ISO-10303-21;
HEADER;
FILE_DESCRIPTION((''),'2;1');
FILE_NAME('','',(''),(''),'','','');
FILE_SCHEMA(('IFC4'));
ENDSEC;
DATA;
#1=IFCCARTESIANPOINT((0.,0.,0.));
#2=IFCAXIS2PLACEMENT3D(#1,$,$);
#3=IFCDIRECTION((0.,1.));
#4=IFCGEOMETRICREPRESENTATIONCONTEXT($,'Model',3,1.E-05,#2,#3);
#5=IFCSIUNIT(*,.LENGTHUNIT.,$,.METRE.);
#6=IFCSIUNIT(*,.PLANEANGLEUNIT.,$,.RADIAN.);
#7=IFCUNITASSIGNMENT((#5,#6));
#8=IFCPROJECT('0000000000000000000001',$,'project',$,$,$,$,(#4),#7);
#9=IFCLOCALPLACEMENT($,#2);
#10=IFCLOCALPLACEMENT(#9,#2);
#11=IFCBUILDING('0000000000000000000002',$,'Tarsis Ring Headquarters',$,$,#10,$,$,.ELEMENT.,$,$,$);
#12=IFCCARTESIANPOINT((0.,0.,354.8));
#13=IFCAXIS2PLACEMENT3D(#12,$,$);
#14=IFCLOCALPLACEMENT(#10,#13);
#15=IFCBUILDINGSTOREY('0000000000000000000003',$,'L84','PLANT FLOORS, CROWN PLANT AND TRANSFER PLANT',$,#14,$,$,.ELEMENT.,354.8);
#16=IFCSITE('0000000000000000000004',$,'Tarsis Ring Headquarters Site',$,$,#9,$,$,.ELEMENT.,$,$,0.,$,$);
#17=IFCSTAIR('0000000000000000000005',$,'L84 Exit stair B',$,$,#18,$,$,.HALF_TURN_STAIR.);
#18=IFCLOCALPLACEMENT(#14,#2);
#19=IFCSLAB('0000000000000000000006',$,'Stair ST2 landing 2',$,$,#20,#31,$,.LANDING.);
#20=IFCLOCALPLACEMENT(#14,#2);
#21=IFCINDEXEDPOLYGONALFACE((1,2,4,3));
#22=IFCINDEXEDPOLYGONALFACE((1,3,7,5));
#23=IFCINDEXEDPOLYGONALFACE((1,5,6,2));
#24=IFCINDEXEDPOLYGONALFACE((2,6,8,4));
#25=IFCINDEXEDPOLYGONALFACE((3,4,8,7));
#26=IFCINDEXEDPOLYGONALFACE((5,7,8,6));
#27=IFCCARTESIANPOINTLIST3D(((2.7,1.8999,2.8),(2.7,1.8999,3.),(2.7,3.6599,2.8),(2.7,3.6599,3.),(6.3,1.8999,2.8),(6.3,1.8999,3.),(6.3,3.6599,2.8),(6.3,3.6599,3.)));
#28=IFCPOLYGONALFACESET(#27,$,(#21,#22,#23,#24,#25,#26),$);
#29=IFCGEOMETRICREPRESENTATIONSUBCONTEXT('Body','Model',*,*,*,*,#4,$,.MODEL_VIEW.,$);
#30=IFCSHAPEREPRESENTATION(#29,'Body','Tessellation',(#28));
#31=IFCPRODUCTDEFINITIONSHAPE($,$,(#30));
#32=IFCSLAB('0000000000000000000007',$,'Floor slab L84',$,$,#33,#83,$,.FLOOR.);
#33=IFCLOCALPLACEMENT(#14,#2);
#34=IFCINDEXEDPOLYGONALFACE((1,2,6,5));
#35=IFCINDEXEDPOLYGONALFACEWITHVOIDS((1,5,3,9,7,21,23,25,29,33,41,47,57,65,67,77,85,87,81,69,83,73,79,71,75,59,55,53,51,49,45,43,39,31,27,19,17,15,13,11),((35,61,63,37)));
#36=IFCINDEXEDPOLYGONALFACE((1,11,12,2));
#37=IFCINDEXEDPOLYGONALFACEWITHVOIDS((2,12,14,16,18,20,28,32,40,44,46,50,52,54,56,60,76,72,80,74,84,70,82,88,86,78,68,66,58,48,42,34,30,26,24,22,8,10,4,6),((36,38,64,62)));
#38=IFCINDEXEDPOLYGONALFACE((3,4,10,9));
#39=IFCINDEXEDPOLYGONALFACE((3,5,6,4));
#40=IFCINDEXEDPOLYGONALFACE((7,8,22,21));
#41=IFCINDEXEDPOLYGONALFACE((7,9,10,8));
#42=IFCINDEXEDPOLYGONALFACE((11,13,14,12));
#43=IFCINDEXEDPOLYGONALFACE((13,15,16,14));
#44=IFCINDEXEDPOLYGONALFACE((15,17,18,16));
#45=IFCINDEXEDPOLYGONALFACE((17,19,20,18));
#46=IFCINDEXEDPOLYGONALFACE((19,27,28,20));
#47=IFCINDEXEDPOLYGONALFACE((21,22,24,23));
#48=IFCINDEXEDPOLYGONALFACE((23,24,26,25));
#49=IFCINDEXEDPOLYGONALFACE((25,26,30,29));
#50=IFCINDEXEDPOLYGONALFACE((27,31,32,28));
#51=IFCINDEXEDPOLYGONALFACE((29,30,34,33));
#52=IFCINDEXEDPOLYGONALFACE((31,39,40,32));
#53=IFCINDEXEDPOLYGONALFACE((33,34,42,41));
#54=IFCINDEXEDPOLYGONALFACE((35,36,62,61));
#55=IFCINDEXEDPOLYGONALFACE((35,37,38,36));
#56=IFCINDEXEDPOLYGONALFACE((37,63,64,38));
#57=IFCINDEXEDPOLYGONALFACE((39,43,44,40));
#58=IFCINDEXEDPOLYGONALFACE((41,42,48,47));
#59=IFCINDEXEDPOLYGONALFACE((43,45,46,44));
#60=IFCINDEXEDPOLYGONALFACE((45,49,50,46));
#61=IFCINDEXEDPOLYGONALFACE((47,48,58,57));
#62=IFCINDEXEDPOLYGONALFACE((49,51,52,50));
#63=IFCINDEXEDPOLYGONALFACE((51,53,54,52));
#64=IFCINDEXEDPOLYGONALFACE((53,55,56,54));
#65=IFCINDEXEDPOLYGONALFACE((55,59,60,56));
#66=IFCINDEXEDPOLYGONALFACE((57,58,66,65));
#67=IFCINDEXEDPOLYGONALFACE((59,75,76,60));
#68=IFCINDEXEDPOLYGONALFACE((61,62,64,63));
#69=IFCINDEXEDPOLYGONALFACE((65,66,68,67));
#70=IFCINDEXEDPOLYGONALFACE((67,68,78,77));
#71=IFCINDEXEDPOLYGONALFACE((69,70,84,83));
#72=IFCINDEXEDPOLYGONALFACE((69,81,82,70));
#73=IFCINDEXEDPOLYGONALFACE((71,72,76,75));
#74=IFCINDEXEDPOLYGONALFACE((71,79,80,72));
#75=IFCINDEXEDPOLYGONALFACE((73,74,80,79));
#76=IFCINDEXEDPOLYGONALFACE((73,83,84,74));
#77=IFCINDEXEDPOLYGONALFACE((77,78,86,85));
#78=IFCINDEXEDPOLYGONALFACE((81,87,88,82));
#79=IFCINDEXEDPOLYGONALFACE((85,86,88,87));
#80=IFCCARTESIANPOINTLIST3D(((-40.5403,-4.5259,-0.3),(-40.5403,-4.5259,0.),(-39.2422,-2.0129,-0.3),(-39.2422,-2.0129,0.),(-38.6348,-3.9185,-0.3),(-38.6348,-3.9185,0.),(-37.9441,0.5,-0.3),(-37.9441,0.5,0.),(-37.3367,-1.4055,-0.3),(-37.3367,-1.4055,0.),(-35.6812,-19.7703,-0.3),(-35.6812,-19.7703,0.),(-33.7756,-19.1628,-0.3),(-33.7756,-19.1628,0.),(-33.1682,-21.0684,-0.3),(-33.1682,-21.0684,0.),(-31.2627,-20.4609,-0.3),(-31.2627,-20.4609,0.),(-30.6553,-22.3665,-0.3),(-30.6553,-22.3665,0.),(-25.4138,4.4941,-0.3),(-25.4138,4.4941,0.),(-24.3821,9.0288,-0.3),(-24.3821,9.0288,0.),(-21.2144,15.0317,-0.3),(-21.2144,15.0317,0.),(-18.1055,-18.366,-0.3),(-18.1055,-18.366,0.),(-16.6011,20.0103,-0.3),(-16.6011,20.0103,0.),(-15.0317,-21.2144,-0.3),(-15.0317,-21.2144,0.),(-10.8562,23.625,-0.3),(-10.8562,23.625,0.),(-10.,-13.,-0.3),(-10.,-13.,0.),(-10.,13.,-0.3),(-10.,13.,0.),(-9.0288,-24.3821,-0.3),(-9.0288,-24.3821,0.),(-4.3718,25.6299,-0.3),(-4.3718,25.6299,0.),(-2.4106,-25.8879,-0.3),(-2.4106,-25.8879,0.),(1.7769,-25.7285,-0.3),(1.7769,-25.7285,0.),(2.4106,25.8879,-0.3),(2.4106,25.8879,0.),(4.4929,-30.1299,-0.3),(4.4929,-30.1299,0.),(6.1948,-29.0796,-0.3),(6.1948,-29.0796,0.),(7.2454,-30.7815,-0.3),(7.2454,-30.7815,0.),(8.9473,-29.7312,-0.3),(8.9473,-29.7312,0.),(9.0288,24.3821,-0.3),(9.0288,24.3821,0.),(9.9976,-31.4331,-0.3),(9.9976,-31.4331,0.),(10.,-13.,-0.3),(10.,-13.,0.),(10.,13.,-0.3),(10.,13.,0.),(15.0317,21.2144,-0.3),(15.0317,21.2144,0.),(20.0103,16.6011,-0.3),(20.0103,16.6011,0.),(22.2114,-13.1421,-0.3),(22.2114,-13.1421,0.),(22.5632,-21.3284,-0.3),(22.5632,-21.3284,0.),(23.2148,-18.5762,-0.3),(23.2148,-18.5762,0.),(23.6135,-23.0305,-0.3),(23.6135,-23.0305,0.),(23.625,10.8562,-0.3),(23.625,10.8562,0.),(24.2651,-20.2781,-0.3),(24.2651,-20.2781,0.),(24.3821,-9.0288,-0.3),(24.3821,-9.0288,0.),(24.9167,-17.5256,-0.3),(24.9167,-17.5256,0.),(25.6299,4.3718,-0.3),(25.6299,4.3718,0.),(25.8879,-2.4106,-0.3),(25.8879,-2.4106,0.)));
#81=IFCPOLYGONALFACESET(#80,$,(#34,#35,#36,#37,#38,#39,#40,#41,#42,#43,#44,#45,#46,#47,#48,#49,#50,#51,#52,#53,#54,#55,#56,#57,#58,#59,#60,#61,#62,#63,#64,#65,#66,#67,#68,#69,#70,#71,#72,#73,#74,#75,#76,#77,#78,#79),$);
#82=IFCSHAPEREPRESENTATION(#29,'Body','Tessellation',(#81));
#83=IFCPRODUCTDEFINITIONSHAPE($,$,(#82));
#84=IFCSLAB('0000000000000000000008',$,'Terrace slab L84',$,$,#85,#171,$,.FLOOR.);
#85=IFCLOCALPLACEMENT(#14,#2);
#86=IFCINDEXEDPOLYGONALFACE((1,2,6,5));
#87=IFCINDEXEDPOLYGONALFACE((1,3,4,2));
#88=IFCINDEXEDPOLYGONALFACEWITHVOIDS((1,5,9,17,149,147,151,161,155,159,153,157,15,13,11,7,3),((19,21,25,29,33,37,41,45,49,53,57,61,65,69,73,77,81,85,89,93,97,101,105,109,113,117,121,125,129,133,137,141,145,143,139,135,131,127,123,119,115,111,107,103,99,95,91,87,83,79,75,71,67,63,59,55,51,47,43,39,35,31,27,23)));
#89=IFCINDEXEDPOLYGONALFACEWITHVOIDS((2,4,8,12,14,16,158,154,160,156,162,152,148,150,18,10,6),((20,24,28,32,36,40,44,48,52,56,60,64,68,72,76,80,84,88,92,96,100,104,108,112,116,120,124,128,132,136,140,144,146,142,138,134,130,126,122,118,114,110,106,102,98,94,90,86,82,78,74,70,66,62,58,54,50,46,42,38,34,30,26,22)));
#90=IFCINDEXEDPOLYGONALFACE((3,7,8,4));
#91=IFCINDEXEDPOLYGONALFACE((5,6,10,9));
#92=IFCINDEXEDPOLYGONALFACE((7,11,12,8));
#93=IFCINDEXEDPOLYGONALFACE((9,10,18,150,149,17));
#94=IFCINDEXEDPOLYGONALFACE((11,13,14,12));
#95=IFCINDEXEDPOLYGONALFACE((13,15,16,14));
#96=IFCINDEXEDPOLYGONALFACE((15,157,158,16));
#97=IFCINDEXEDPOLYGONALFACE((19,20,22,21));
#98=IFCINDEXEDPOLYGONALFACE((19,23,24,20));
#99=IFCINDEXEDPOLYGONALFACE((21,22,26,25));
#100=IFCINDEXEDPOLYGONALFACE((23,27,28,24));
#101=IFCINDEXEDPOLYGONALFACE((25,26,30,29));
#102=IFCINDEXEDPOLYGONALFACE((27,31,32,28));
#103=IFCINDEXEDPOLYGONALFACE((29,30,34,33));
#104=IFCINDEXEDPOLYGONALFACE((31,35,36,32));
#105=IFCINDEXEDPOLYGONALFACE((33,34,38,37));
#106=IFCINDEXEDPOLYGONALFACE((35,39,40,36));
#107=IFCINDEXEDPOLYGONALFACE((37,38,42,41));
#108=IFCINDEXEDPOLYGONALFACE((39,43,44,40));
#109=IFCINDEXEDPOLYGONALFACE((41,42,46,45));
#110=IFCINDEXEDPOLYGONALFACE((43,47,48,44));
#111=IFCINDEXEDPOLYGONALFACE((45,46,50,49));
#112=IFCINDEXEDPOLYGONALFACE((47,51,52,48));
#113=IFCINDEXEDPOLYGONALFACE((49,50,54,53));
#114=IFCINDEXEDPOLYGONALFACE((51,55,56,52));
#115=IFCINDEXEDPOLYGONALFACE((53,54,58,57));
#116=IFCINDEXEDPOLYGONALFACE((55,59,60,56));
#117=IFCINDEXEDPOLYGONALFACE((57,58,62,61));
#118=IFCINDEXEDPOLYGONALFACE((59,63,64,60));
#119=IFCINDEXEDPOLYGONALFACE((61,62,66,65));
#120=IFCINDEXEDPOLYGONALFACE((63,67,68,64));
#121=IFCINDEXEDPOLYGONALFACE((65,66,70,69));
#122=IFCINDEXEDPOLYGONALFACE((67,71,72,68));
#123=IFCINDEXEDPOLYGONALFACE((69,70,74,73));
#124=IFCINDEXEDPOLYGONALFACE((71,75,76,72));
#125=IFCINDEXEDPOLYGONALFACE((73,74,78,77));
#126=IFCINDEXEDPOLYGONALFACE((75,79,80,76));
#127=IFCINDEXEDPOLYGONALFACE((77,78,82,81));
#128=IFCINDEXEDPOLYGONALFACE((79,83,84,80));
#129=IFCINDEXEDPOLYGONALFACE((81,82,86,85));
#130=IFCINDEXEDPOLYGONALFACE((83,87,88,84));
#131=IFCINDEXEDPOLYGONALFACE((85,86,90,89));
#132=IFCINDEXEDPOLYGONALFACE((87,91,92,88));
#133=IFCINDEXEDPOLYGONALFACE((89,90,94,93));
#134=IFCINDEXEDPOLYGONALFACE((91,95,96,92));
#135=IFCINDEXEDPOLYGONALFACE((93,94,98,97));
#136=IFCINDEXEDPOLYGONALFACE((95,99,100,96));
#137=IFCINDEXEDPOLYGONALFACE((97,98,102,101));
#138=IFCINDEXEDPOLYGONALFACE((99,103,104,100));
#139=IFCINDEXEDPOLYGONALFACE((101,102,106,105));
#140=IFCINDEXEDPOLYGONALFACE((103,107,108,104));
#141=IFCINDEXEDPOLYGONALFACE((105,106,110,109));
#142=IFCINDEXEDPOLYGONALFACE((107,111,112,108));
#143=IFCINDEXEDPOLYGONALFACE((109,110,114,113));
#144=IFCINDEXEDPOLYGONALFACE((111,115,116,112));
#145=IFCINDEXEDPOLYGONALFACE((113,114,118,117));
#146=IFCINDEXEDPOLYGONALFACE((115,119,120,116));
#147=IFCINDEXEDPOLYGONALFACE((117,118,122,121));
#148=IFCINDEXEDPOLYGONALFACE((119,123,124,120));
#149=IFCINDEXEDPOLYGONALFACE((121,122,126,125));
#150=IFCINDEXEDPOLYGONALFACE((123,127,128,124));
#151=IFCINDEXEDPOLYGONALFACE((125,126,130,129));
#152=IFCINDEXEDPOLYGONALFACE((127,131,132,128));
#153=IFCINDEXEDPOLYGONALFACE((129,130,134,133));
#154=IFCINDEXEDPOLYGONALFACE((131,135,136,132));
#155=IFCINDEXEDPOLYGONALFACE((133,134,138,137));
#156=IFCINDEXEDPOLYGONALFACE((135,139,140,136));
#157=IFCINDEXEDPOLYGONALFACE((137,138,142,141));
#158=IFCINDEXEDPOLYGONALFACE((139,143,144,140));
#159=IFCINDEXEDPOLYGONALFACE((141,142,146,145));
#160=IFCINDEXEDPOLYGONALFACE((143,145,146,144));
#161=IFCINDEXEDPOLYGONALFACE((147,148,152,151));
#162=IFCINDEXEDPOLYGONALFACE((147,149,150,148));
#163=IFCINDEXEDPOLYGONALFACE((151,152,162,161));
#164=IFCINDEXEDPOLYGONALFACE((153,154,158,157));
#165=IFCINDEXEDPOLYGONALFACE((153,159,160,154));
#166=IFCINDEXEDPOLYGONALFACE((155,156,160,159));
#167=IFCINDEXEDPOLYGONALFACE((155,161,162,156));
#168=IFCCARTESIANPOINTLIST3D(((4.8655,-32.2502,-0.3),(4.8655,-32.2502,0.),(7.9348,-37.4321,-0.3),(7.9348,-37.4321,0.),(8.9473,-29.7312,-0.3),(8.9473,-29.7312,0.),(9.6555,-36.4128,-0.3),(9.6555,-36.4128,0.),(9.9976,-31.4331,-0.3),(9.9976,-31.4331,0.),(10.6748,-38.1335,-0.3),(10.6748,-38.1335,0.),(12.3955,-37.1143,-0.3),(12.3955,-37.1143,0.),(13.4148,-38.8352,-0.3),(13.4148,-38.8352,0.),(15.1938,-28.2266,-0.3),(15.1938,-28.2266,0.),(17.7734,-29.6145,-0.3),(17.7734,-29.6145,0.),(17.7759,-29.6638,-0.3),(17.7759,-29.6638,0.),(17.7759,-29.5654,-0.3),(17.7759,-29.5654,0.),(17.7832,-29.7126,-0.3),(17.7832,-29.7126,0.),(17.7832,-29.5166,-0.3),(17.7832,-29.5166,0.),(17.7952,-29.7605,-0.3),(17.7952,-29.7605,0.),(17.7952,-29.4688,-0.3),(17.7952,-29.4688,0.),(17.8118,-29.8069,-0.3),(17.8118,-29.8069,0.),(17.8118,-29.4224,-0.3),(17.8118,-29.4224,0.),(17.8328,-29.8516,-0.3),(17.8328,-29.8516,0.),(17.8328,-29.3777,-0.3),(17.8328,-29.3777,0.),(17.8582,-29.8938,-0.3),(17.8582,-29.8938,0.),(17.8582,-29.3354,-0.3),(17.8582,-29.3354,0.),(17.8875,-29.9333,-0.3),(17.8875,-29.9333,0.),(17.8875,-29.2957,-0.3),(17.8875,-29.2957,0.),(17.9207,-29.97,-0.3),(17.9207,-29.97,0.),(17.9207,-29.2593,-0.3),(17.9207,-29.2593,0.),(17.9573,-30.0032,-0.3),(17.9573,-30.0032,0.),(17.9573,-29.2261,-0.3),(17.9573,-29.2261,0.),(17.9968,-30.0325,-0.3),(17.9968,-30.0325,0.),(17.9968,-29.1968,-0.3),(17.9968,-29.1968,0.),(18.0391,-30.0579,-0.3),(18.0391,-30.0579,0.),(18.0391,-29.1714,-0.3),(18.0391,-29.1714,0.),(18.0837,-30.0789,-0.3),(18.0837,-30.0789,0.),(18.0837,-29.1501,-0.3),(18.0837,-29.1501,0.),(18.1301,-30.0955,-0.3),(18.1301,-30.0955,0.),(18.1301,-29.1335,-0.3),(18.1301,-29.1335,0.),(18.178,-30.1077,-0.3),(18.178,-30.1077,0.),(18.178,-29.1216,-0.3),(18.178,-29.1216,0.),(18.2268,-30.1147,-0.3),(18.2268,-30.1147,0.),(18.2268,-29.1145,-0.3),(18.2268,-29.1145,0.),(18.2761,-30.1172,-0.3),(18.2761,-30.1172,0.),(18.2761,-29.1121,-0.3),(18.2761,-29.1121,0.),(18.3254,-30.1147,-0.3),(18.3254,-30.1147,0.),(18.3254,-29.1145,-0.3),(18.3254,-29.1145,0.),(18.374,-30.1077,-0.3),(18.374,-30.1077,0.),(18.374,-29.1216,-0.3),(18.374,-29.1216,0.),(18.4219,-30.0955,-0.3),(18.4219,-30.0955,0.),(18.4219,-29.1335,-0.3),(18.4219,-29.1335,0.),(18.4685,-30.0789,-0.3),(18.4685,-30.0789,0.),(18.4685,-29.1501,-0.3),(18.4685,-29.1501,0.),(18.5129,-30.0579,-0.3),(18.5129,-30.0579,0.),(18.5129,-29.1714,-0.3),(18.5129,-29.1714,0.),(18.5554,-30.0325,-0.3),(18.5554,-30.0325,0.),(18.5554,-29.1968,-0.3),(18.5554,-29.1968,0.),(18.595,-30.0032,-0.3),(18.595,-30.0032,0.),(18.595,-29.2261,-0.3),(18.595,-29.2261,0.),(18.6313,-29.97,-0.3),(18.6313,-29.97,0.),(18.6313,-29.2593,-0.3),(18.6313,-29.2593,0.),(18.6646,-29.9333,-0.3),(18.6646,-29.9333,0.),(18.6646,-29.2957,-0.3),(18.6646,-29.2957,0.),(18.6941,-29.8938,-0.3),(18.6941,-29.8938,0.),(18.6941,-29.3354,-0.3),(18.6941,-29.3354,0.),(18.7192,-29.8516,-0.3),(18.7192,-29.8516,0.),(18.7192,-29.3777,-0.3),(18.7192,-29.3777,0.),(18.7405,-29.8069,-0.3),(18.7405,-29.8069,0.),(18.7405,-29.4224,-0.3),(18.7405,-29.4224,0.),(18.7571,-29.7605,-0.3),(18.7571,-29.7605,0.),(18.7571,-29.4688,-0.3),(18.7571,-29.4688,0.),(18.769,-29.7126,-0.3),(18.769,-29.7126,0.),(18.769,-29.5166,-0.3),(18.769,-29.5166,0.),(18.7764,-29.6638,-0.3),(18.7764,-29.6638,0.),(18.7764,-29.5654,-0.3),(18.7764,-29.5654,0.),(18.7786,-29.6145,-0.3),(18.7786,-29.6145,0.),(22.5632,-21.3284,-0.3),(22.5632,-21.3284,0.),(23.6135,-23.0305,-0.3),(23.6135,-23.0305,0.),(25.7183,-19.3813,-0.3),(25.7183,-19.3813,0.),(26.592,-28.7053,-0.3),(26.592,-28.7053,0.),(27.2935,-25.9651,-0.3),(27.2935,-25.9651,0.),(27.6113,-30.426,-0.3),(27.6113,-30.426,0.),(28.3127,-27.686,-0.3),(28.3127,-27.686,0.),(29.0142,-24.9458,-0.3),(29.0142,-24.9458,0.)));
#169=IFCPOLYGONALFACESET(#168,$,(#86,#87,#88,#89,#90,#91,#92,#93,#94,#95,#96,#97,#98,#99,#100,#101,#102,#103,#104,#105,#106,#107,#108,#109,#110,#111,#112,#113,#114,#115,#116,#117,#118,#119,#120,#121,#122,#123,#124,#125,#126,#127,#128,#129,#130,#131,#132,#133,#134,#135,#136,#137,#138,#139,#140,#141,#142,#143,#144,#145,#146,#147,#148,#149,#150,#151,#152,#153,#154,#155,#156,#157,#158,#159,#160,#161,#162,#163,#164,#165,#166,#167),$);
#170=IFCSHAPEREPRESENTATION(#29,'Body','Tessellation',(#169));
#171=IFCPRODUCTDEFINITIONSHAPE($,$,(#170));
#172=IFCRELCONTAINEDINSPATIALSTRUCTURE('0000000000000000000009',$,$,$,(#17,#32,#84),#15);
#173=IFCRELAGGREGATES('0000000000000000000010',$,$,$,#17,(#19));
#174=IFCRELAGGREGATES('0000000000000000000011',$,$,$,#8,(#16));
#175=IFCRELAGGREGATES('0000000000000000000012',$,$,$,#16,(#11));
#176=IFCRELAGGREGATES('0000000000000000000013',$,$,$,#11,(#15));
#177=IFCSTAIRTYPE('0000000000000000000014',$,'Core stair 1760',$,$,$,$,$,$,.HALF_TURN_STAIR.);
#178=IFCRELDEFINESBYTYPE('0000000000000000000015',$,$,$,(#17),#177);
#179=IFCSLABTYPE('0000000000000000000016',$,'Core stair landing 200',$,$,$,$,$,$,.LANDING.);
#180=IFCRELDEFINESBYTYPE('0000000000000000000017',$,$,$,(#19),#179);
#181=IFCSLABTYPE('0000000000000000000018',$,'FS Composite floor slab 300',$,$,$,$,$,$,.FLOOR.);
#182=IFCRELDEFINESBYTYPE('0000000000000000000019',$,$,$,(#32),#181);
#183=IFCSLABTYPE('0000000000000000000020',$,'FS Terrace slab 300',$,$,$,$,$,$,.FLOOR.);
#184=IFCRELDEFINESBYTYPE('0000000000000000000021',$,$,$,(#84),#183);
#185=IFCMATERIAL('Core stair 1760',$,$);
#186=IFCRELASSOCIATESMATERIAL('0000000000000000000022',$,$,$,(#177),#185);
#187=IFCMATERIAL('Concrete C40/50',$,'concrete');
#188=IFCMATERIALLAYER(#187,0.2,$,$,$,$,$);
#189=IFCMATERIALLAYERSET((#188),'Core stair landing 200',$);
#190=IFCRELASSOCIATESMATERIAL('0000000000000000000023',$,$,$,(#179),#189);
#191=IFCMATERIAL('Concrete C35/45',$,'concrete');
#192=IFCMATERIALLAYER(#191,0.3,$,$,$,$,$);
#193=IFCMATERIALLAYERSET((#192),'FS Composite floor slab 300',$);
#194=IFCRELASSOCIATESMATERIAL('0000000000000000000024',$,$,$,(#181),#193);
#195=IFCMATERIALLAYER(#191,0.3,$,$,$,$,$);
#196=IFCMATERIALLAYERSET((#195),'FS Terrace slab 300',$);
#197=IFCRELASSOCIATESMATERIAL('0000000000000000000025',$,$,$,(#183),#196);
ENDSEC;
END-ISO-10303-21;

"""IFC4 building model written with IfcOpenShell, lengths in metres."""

from ifc_helpers import new_model, si_unit, direction, frame, origin, place, context, subcontext, project, spatial, polyline, outline, extrude, material, layer, layer_set, type_object, element, aggregate, save


model = new_model("IFC4")

# Units and contexts
model_context = context("Model", 3, precision=1e-05, world=origin(), true_north=direction((0.0, 1.0)))
body_context = subcontext(model_context, "Body", "Model", "MODEL_VIEW")
ifc_project = project(units=[si_unit("LENGTHUNIT", "METRE"), si_unit("PLANEANGLEUNIT", "RADIAN")], contexts=[model_context])

# Site, building, storey
site_placement = place(None, origin())
site = spatial("IfcSite", under=ifc_project, at=site_placement, Name="Tarsis Ring Headquarters Site", CompositionType="ELEMENT", RefElevation=0.0)
building_placement = place(site_placement, origin())
building = spatial("IfcBuilding", under=site, at=building_placement, Name="Tarsis Ring Headquarters", CompositionType="ELEMENT")
storey_placement = place(building_placement, frame((0.0, 0.0, 354.8)))
storey = spatial("IfcBuildingStorey", under=building, at=storey_placement, Name="L84", Description="PLANT FLOORS, CROWN PLANT AND TRANSFER PLANT", CompositionType="ELEMENT", Elevation=354.8)

# Shared definitions
ifc_material_1 = material(Name="Concrete C40/50", Category="concrete")

# Stair, slab
ifc_material_2 = material(Name="Core stair 1760")
stair_type = type_object("IfcStairType", Name="Core stair 1760", PredefinedType="HALF_TURN_STAIR", material=ifc_material_2)
ifc_layer_1 = layer(ifc_material_1, 0.2)
ifc_layer_set_1 = layer_set([ifc_layer_1], Name="Core stair landing 200")
slab_type_1 = type_object("IfcSlabType", Name="Core stair landing 200", PredefinedType="LANDING", material=ifc_layer_set_1)
stair_1_placement = place(storey_placement, origin())
stair_1 = element("IfcStair", 1, at=stair_1_placement, inside=storey, type_object=stair_type, Name="L84 Exit stair B", PredefinedType="HALF_TURN_STAIR")
slab_1_placement = place(storey_placement, frame((0.0, 0.0, 2.8)))
slab_1 = element("IfcSlab", 2, at=slab_1_placement, type_object=slab_type_1, Name="Stair ST2 landing 2", PredefinedType="LANDING", context=body_context, shape_type="SweptSolid", body=[
    extrude(outline(polyline([(6.3, 1.8999), (6.3, 3.6599), (2.7, 3.6599), (2.7, 1.8999), (6.3, 1.8999)])), origin(), (0.0, 0.0, 1.0), 0.2),
])
aggregate(stair_1, [slab_1])

# Slabs
ifc_material_3 = material(Name="Concrete C35/45", Category="concrete")
ifc_layer_2 = layer(ifc_material_3, 0.3)
ifc_layer_set_2 = layer_set([ifc_layer_2], Name="FS Composite floor slab 300")
slab_type_2 = type_object("IfcSlabType", Name="FS Composite floor slab 300", PredefinedType="FLOOR", material=ifc_layer_set_2)
slab_2_placement = place(storey_placement, frame((0.0, 0.0, -0.3)))
element("IfcSlab", 3, at=slab_2_placement, inside=storey, type_object=slab_type_2, Name="Floor slab L84", PredefinedType="FLOOR", context=body_context, shape_type="SweptSolid", body=[
    extrude(outline(polyline([(-18.1055, -18.366), (-15.0317, -21.2144), (-9.0288, -24.3821), (-2.4106, -25.8879), (1.7769, -25.7285), (4.4929, -30.1299), (6.1948, -29.0796), (7.2454, -30.7815), (8.9473, -29.7312), (9.9976, -31.4331), (23.6135, -23.0305), (22.5632, -21.3284), (24.2651, -20.2781), (23.2148, -18.5762), (24.9167, -17.5256), (22.2114, -13.1421), (24.3821, -9.0288), (25.8879, -2.4106), (25.6299, 4.3718), (23.625, 10.8562), (20.0103, 16.6011), (15.0317, 21.2144), (9.0288, 24.3821), (2.4106, 25.8879), (-4.3718, 25.6299), (-10.8562, 23.625), (-16.6011, 20.0103), (-21.2144, 15.0317), (-24.3821, 9.0288), (-25.4138, 4.4941), (-37.9441, 0.5), (-37.3367, -1.4055), (-39.2422, -2.0129), (-38.6348, -3.9185), (-40.5403, -4.5259), (-35.6812, -19.7703), (-33.7756, -19.1628), (-33.1682, -21.0684), (-31.2627, -20.4609), (-30.6553, -22.3665), (-18.1055, -18.366)]), holes=[polyline([(-10.0, -13.0), (-10.0, 13.0), (10.0, 13.0), (10.0, -13.0), (-10.0, -13.0)])]), origin(), (0.0, 0.0, 1.0), 0.3),
])
ifc_layer_3 = layer(ifc_material_3, 0.3)
ifc_layer_set_3 = layer_set([ifc_layer_3], Name="FS Terrace slab 300")
slab_type_3 = type_object("IfcSlabType", Name="FS Terrace slab 300", PredefinedType="FLOOR", material=ifc_layer_set_3)
slab_3_placement = place(storey_placement, frame((0.0, 0.0, -0.3)))
element("IfcSlab", 4, at=slab_3_placement, inside=storey, type_object=slab_type_3, Name="Terrace slab L84", PredefinedType="FLOOR", context=body_context, shape_type="SweptSolid", body=[
    extrude(outline(polyline([(8.9473, -29.7312), (4.8655, -32.2502), (7.9348, -37.4321), (9.6555, -36.4128), (10.6748, -38.1335), (12.3955, -37.1143), (13.4148, -38.8352), (27.6113, -30.426), (26.592, -28.7053), (28.3127, -27.686), (27.2935, -25.9651), (29.0142, -24.9458), (25.7183, -19.3813), (22.5632, -21.3284), (23.6135, -23.0305), (23.6135, -23.0305), (15.1938, -28.2266), (9.9976, -31.4331), (9.9976, -31.4331), (9.9976, -31.4331), (8.9473, -29.7312)]), holes=[polyline([(18.7192, -29.8516), (18.6941, -29.8938), (18.6646, -29.9333), (18.6313, -29.97), (18.595, -30.0032), (18.5554, -30.0325), (18.5129, -30.0579), (18.4685, -30.0789), (18.4219, -30.0955), (18.374, -30.1077), (18.3254, -30.1147), (18.2761, -30.1172), (18.2268, -30.1147), (18.178, -30.1077), (18.1301, -30.0955), (18.0837, -30.0789), (18.0391, -30.0579), (17.9968, -30.0325), (17.9573, -30.0032), (17.9207, -29.97), (17.8875, -29.9333), (17.8582, -29.8938), (17.8328, -29.8516), (17.8118, -29.8069), (17.7952, -29.7605), (17.7832, -29.7126), (17.7759, -29.6638), (17.7734, -29.6145), (17.7759, -29.5654), (17.7832, -29.5166), (17.7952, -29.4688), (17.8118, -29.4224), (17.8328, -29.3777), (17.8582, -29.3354), (17.8875, -29.2957), (17.9207, -29.2593), (17.9573, -29.2261), (17.9968, -29.1968), (18.0391, -29.1714), (18.0837, -29.1501), (18.1301, -29.1335), (18.178, -29.1216), (18.2268, -29.1145), (18.2761, -29.1121), (18.3254, -29.1145), (18.374, -29.1216), (18.4219, -29.1335), (18.4685, -29.1501), (18.5129, -29.1714), (18.5554, -29.1968), (18.595, -29.2261), (18.6313, -29.2593), (18.6646, -29.2957), (18.6941, -29.3354), (18.7192, -29.3777), (18.7405, -29.4224), (18.7571, -29.4688), (18.769, -29.5166), (18.7764, -29.5654), (18.7786, -29.6145), (18.7764, -29.6638), (18.769, -29.7126), (18.7571, -29.7605), (18.7405, -29.8069), (18.7192, -29.8516)])]), origin(), (0.0, 0.0, 1.0), 0.3),
])

save(model, "model.ifc")
